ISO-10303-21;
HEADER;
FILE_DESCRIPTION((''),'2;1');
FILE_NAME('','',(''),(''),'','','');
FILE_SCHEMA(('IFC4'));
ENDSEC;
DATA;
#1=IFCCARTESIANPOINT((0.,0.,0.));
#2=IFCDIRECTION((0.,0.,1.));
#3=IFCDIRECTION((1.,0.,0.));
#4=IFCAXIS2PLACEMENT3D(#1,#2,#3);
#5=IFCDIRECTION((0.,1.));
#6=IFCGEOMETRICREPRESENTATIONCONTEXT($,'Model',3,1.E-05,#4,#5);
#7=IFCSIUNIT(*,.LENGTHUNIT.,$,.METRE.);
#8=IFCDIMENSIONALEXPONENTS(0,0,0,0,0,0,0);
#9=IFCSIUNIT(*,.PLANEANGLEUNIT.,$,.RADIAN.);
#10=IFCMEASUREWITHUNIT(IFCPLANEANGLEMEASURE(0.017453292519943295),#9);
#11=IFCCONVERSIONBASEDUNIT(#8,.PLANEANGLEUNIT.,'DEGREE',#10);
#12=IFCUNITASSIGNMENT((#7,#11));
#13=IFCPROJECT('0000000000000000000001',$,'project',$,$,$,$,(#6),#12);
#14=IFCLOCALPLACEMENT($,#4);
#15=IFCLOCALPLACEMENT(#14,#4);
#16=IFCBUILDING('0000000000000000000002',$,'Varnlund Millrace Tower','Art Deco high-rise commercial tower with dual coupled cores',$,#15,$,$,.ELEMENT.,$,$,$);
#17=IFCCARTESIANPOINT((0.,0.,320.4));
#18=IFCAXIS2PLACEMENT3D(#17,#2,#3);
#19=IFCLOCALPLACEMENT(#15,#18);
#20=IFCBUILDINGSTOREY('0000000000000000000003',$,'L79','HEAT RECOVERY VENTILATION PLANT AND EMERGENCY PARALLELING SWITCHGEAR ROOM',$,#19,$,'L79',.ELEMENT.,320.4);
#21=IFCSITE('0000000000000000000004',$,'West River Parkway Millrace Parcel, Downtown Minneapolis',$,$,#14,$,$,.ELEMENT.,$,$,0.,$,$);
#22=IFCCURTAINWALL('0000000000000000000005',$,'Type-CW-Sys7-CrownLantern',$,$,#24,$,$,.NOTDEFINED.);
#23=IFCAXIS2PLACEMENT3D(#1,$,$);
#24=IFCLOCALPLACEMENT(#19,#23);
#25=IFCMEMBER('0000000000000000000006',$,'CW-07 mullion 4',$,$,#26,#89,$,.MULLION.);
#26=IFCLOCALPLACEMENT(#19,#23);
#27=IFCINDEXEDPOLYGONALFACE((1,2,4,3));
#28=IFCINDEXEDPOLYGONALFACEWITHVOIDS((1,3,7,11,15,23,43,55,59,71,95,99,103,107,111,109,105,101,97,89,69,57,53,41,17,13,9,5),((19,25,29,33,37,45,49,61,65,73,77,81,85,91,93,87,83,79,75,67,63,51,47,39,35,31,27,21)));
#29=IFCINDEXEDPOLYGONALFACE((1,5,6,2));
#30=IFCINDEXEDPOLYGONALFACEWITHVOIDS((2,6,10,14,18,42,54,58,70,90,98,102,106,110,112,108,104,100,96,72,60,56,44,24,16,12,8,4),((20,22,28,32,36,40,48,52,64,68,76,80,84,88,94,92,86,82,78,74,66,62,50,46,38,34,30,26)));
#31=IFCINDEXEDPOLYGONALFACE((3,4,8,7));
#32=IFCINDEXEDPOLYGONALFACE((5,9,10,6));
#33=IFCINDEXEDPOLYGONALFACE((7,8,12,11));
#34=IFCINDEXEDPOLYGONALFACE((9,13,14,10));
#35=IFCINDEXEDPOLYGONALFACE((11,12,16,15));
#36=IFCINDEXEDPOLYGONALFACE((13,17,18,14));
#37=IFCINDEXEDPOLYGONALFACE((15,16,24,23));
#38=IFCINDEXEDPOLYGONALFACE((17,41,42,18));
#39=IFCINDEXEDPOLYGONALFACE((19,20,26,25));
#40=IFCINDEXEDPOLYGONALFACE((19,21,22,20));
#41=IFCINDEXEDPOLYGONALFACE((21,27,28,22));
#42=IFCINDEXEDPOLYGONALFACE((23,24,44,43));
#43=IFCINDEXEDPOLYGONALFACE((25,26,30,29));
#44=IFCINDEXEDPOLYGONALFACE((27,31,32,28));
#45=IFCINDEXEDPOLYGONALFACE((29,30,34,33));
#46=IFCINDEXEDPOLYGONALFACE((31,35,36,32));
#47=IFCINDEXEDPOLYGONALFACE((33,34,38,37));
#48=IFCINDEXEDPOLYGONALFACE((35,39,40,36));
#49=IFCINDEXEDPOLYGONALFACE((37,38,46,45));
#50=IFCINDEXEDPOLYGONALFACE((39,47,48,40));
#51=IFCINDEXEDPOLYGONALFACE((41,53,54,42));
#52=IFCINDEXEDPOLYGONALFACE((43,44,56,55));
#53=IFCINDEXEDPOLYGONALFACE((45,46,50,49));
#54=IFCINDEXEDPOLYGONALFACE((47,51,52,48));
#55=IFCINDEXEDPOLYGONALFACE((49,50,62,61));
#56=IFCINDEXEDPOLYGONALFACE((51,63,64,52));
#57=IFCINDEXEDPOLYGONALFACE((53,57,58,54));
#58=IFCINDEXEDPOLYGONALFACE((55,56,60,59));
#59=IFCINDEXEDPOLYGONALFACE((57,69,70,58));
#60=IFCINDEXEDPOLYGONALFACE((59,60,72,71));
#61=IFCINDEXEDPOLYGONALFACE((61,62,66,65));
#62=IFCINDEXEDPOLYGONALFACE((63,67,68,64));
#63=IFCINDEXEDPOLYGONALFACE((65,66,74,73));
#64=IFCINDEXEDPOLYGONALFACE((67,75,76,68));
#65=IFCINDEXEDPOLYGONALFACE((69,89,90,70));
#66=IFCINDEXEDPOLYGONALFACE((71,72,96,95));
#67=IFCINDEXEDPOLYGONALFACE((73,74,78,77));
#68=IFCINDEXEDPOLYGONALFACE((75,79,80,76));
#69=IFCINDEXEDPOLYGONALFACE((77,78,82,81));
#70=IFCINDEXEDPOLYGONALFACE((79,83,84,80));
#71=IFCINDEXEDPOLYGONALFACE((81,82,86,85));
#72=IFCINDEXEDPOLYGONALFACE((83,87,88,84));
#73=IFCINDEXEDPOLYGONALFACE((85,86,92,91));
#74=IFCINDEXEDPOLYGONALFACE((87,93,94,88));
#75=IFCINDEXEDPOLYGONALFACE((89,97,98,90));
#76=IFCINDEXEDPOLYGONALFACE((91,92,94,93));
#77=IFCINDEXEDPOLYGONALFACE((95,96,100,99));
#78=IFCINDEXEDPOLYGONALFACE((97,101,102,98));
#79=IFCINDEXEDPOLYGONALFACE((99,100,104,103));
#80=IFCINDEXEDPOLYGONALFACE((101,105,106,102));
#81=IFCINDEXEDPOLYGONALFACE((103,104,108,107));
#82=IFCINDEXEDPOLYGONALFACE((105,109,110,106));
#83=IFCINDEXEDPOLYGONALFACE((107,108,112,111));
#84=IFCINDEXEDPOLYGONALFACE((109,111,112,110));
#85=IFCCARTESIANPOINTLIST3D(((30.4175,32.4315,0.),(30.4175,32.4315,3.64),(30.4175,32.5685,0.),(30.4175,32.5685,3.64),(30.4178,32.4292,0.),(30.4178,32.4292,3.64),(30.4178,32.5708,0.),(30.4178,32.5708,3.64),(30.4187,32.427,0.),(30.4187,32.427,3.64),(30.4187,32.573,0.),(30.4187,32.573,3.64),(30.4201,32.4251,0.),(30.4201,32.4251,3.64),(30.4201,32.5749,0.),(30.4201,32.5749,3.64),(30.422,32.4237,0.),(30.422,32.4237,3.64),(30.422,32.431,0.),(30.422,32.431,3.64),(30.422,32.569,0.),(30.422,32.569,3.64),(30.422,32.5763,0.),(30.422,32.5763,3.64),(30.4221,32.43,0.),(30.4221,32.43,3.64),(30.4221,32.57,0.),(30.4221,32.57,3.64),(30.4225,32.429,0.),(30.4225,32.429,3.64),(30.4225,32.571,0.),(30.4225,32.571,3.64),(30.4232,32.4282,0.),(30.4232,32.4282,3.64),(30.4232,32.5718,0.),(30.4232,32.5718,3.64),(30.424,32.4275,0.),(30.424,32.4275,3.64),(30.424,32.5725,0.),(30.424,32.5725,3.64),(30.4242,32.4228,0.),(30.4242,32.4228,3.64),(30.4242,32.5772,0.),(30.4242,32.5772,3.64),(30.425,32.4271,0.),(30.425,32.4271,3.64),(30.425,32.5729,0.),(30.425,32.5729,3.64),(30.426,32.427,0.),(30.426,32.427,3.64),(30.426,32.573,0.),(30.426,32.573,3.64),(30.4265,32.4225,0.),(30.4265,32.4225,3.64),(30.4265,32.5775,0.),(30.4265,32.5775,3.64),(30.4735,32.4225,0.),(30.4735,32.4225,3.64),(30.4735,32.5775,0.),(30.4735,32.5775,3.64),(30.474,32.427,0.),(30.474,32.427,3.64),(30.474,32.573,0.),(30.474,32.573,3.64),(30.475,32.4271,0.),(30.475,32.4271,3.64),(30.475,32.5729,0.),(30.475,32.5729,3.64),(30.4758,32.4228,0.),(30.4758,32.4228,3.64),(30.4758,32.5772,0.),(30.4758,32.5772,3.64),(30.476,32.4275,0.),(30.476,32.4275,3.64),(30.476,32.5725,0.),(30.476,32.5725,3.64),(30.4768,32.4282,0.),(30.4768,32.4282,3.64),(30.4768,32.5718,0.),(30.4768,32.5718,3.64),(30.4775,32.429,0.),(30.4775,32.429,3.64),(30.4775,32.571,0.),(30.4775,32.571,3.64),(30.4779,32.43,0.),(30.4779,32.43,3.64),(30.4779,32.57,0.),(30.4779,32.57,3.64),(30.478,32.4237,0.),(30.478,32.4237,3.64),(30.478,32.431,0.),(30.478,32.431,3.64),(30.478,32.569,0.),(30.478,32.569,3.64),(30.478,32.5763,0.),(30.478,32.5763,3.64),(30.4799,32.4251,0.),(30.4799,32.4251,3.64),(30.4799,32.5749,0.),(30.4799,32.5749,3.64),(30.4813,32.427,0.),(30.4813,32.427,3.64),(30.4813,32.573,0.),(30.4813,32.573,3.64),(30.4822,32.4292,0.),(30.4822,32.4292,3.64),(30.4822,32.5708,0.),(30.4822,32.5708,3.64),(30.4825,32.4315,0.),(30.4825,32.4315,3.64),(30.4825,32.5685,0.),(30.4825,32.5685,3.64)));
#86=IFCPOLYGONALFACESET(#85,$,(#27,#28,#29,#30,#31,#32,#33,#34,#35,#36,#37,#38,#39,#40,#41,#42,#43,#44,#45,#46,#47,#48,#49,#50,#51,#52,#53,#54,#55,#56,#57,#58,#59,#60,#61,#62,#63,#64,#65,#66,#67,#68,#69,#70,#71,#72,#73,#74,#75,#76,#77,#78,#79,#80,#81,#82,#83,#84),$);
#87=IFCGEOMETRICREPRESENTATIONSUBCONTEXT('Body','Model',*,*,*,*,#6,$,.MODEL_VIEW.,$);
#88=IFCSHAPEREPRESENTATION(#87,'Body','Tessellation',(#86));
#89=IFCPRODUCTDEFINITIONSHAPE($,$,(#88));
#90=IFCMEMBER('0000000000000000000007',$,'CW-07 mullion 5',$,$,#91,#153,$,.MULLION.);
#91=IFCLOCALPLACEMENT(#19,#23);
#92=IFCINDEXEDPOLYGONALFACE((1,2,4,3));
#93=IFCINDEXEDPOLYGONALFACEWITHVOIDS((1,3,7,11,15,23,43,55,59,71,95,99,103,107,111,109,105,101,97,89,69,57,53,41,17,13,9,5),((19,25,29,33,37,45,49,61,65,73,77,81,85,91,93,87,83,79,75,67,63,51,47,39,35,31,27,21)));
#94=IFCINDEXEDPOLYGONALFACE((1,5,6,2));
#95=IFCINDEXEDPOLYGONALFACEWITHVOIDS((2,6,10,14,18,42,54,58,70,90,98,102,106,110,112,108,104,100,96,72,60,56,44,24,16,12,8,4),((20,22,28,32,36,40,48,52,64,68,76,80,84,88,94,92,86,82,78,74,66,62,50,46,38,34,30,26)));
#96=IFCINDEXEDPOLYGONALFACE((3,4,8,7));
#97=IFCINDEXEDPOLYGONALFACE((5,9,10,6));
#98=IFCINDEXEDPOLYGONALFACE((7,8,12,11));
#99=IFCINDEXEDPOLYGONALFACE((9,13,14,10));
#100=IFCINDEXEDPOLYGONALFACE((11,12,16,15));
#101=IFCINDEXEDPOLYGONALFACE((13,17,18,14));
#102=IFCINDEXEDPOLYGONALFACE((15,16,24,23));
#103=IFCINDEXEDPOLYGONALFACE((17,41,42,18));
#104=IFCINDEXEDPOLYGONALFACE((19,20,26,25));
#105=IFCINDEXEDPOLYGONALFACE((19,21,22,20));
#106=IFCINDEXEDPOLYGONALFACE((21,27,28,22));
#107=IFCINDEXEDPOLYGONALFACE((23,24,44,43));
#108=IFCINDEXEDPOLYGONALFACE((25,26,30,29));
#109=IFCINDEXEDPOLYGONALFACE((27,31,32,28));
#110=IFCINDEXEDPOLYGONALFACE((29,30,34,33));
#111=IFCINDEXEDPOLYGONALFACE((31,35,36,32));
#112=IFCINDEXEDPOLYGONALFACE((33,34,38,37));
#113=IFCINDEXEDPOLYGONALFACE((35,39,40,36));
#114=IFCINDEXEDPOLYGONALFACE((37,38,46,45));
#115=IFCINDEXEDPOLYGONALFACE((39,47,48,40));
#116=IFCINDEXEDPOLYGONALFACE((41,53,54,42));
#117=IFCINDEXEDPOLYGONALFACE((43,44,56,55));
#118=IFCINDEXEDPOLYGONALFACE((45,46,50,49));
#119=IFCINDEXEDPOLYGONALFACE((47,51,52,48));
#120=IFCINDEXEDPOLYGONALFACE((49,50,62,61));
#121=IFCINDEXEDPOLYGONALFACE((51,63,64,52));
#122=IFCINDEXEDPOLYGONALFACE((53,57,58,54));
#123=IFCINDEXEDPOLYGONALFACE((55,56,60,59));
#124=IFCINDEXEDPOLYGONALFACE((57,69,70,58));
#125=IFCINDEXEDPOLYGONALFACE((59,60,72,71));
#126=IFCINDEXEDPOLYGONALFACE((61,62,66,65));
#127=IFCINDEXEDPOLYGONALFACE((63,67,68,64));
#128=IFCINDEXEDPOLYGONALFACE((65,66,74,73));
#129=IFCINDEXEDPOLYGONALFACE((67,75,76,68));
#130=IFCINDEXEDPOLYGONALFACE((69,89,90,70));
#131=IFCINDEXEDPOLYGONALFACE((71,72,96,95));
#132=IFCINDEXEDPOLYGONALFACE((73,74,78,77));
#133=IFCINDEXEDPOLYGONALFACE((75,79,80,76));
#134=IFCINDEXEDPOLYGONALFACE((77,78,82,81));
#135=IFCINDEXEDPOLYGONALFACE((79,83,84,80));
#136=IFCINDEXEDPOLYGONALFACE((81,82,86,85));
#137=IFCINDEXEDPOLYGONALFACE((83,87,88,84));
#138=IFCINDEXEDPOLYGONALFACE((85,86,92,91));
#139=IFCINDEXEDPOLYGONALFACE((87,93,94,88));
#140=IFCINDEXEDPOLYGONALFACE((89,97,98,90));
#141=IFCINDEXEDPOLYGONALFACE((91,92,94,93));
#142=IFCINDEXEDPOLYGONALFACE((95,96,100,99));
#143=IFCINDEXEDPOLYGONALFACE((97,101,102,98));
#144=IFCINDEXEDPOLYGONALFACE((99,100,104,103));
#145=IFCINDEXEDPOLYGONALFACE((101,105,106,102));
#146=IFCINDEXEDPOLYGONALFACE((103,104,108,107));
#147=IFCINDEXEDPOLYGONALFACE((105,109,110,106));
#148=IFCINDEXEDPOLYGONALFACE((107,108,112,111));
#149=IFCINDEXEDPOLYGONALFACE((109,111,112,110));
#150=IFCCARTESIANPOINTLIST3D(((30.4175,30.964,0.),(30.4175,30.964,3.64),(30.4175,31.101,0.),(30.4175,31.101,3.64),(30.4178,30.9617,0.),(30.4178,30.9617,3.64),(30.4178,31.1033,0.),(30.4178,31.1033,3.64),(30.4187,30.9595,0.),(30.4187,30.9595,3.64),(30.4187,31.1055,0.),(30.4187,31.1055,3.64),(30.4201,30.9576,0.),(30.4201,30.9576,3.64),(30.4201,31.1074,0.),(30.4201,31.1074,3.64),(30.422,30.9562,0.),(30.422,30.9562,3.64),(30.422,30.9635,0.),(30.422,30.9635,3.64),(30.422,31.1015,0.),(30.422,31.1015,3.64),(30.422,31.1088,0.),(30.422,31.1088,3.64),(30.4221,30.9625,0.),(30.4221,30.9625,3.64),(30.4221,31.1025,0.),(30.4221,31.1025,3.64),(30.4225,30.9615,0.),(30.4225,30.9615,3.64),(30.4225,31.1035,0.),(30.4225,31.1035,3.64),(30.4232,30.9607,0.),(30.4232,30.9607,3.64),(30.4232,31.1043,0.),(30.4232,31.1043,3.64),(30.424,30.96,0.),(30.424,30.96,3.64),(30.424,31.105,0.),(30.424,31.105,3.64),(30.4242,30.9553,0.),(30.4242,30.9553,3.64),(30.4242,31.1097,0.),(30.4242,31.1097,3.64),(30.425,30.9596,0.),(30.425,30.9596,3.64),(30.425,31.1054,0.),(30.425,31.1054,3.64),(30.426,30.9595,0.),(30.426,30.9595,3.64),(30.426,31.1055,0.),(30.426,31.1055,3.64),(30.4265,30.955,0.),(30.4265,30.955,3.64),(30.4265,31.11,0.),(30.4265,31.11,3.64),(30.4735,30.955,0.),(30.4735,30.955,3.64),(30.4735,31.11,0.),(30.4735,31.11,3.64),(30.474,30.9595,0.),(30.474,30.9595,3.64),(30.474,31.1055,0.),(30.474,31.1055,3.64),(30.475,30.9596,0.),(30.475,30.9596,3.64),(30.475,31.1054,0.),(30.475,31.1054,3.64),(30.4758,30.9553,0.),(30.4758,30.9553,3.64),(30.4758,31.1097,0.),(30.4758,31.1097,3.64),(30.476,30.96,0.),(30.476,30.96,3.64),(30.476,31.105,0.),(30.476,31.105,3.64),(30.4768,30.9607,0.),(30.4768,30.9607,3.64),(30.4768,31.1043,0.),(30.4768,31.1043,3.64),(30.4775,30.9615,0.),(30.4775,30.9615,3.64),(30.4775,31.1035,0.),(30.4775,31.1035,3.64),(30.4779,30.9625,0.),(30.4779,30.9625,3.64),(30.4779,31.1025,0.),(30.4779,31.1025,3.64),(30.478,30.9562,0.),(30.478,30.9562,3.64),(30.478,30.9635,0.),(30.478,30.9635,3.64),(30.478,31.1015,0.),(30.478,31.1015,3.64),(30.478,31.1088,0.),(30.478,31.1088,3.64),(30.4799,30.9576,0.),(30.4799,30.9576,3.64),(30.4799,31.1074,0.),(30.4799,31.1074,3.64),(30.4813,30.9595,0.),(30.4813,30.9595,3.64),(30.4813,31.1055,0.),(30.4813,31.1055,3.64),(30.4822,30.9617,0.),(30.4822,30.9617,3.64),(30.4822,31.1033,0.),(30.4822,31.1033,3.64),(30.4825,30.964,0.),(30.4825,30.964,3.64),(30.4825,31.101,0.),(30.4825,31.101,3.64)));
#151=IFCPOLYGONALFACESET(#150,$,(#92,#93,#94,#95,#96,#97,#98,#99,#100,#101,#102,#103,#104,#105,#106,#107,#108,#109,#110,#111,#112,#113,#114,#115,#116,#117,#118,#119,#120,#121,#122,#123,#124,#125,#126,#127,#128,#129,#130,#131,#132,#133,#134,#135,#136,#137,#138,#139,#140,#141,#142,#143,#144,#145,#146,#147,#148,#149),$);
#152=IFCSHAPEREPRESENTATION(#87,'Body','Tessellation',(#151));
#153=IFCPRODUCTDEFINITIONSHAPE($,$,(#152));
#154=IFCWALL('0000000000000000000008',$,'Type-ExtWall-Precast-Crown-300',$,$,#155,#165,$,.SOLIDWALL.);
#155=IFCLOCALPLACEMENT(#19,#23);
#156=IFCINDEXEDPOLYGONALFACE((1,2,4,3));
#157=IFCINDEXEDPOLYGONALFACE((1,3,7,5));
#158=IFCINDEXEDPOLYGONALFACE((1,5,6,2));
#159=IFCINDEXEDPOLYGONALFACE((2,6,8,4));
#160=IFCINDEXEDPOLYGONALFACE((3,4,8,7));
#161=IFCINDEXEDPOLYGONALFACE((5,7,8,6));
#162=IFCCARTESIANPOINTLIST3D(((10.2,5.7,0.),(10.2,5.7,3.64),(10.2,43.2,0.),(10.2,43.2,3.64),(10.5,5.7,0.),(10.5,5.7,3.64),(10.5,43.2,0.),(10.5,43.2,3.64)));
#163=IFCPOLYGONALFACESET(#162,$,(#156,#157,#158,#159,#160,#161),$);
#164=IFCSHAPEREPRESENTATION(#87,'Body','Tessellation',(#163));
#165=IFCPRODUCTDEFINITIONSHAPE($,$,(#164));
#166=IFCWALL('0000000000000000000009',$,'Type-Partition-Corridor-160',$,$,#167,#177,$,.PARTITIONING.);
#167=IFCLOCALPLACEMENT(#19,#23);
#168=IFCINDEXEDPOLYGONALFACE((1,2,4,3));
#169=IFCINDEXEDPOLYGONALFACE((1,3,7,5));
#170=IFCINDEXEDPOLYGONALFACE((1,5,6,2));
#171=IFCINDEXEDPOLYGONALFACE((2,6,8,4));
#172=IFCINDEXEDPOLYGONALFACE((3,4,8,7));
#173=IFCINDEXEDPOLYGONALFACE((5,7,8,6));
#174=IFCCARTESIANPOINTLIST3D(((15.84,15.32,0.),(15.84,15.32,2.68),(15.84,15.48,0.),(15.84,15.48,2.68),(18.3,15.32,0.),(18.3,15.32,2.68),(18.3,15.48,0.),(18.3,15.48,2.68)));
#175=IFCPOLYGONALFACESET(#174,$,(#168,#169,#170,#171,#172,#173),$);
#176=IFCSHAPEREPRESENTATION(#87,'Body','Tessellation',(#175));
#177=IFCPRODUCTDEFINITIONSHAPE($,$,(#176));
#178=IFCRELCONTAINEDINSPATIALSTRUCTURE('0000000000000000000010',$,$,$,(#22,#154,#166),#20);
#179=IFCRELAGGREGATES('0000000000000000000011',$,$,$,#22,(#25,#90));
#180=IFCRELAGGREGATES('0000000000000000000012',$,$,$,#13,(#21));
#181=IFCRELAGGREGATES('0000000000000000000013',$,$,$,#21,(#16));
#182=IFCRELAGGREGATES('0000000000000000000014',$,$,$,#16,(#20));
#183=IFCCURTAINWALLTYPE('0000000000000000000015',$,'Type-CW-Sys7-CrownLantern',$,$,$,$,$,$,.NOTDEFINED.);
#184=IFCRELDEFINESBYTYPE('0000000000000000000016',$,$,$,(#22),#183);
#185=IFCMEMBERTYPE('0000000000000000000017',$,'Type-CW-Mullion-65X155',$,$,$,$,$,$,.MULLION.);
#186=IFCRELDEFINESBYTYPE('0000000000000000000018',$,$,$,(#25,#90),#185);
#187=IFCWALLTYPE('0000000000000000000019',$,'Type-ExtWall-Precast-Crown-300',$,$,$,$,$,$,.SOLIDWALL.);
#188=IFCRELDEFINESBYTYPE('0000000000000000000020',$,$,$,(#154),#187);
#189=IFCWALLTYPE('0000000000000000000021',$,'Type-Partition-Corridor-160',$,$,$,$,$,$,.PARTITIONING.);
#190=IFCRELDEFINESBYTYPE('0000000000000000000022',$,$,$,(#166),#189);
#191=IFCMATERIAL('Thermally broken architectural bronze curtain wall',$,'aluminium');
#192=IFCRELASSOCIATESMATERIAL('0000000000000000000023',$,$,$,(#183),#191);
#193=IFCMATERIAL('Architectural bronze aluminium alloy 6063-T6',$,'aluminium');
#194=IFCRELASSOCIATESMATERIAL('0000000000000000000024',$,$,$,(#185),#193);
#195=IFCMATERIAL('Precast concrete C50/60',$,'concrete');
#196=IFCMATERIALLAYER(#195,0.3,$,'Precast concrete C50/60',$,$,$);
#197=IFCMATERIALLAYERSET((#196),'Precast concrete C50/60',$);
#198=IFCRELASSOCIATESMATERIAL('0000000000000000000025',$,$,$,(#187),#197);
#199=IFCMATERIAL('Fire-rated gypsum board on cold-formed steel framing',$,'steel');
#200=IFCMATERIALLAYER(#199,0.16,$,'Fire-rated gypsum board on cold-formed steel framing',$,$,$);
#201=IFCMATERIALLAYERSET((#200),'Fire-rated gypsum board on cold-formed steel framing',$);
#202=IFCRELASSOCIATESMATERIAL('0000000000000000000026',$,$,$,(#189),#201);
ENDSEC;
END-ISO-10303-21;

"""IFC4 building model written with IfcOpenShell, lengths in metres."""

from ifc_helpers import new_model, entity, si_unit, converted_unit, direction, frame, origin_with_axes, origin_2d_with_axis, place, context, subcontext, project, spatial, polyline, hollow_rectangle, outline, extrude, material, layer, layer_set, material_profile, profile_set, type_object, element, aggregate, save


model = new_model("IFC4")

# Units and contexts
model_context = context("Model", 3, precision=1e-05, world=origin_with_axes(), true_north=direction((0.0, 1.0)))
body_context = subcontext(model_context, "Body", "Model", "MODEL_VIEW")
ifc_project = project(units=[si_unit("LENGTHUNIT", "METRE"), converted_unit("PLANEANGLEUNIT", "DEGREE", entity("IfcPlaneAngleMeasure", 0.017453292519943295), si_unit("PLANEANGLEUNIT", "RADIAN"), dimensions=[0, 0, 0, 0, 0, 0, 0])], contexts=[model_context])

# Site, building, storey
site_placement = place(None, origin_with_axes())
site = spatial("IfcSite", under=ifc_project, at=site_placement, Name="West River Parkway Millrace Parcel, Downtown Minneapolis", CompositionType="ELEMENT", RefElevation=0.0)
building_placement = place(site_placement, origin_with_axes())
building = spatial("IfcBuilding", under=site, at=building_placement, Name="Varnlund Millrace Tower", Description="Art Deco high-rise commercial tower with dual coupled cores", CompositionType="ELEMENT")
storey_placement = place(building_placement, frame((0.0, 0.0, 320.4), z_axis=(0.0, 0.0, 1.0), x_axis=(1.0, 0.0, 0.0)))
storey = spatial("IfcBuildingStorey", under=building, at=storey_placement, Name="L79", Description="HEAT RECOVERY VENTILATION PLANT AND EMERGENCY PARALLELING SWITCHGEAR ROOM", LongName="L79", CompositionType="ELEMENT", Elevation=320.4)

# Curtain wall, members
ifc_material_1 = material(Name="Thermally broken architectural bronze curtain wall", Category="aluminium")
curtain_wall_type = type_object("IfcCurtainWallType", Name="Type-CW-Sys7-CrownLantern", PredefinedType="NOTDEFINED", material=ifc_material_1)
curtain_wall_placement = place(storey_placement, frame((30.45, 37.0, 0.0), z_axis=(0.0, 0.0, 1.0), x_axis=(1.0, 0.0, 0.0)))
curtain_wall = element("IfcCurtainWall", 1, at=curtain_wall_placement, inside=storey, type_object=curtain_wall_type, Name="Type-CW-Sys7-CrownLantern", PredefinedType="NOTDEFINED")
ifc_material_2 = material(Name="Architectural bronze aluminium alloy 6063-T6", Category="aluminium")
ifc_material_profile_1 = material_profile(ifc_material_2, hollow_rectangle(XDim=0.065, YDim=0.155, WallThickness=0.0045, InnerFilletRadius=0.004, OuterFilletRadius=0.009, at=origin_2d_with_axis()), Name="Architectural bronze aluminium alloy 6063-T6")
ifc_profile_set_1 = profile_set([ifc_material_profile_1], Name="Architectural bronze aluminium alloy 6063-T6")
member_type = type_object("IfcMemberType", Name="Type-CW-Mullion-65X155", PredefinedType="MULLION", material=ifc_profile_set_1)
member_1_placement = place(storey_placement, frame((30.45, 32.5, 0.0), z_axis=(0.0, 0.0, 1.0), x_axis=(1.0, 0.0, 0.0)))
member_1 = element("IfcMember", 2, at=member_1_placement, type_object=member_type, Name="CW-07 mullion 4", PredefinedType="MULLION", context=body_context, shape_type="SweptSolid", body=[
    extrude(hollow_rectangle(XDim=0.065, YDim=0.155, WallThickness=0.0045, InnerFilletRadius=0.004, OuterFilletRadius=0.009, at=origin_2d_with_axis()), origin_with_axes(), (0.0, 0.0, 1.0), 3.64),
])
member_2_placement = place(storey_placement, frame((30.45, 31.0325, 0.0), z_axis=(0.0, 0.0, 1.0), x_axis=(1.0, 0.0, 0.0)))
member_2 = element("IfcMember", 3, at=member_2_placement, type_object=member_type, Name="CW-07 mullion 5", PredefinedType="MULLION", context=body_context, shape_type="SweptSolid", body=[
    extrude(hollow_rectangle(XDim=0.065, YDim=0.155, WallThickness=0.0045, InnerFilletRadius=0.004, OuterFilletRadius=0.009, at=origin_2d_with_axis()), origin_with_axes(), (0.0, 0.0, 1.0), 3.64),
])
aggregate(curtain_wall, [member_1, member_2])

# Walls
ifc_material_3 = material(Name="Precast concrete C50/60", Category="concrete")
ifc_layer_1 = layer(ifc_material_3, 0.3, Name="Precast concrete C50/60")
ifc_layer_set_1 = layer_set([ifc_layer_1], Name="Precast concrete C50/60")
wall_type_1 = type_object("IfcWallType", Name="Type-ExtWall-Precast-Crown-300", PredefinedType="SOLIDWALL", material=ifc_layer_set_1)
wall_1_placement = place(storey_placement, frame((10.35, 5.7, 0.0), z_axis=(0.0, 0.0, 1.0), x_axis=(0.0, 1.0, 0.0)))
element("IfcWall", 4, at=wall_1_placement, inside=storey, type_object=wall_type_1, Name="Type-ExtWall-Precast-Crown-300", PredefinedType="SOLIDWALL", context=body_context, shape_type="SweptSolid", body=[
    extrude(outline(polyline([(0.0, -0.15), (37.5, -0.15), (37.5, 0.15), (0.0, 0.15), (0.0, -0.15)])), origin_with_axes(), (0.0, 0.0, 1.0), 3.64),
])
ifc_material_4 = material(Name="Fire-rated gypsum board on cold-formed steel framing", Category="steel")
ifc_layer_2 = layer(ifc_material_4, 0.16, Name="Fire-rated gypsum board on cold-formed steel framing")
ifc_layer_set_2 = layer_set([ifc_layer_2], Name="Fire-rated gypsum board on cold-formed steel framing")
wall_type_2 = type_object("IfcWallType", Name="Type-Partition-Corridor-160", PredefinedType="PARTITIONING", material=ifc_layer_set_2)
wall_2_placement = place(storey_placement, frame((15.84, 15.4, 0.0), z_axis=(0.0, 0.0, 1.0), x_axis=(1.0, 0.0, 0.0)))
element("IfcWall", 5, at=wall_2_placement, inside=storey, type_object=wall_type_2, Name="Type-Partition-Corridor-160", PredefinedType="PARTITIONING", context=body_context, shape_type="SweptSolid", body=[
    extrude(outline(polyline([(0.0, -0.08), (2.46, -0.08), (2.46, 0.08), (0.0, 0.08), (0.0, -0.08)])), origin_with_axes(), (0.0, 0.0, 1.0), 2.68),
])

save(model, "model.ifc")
